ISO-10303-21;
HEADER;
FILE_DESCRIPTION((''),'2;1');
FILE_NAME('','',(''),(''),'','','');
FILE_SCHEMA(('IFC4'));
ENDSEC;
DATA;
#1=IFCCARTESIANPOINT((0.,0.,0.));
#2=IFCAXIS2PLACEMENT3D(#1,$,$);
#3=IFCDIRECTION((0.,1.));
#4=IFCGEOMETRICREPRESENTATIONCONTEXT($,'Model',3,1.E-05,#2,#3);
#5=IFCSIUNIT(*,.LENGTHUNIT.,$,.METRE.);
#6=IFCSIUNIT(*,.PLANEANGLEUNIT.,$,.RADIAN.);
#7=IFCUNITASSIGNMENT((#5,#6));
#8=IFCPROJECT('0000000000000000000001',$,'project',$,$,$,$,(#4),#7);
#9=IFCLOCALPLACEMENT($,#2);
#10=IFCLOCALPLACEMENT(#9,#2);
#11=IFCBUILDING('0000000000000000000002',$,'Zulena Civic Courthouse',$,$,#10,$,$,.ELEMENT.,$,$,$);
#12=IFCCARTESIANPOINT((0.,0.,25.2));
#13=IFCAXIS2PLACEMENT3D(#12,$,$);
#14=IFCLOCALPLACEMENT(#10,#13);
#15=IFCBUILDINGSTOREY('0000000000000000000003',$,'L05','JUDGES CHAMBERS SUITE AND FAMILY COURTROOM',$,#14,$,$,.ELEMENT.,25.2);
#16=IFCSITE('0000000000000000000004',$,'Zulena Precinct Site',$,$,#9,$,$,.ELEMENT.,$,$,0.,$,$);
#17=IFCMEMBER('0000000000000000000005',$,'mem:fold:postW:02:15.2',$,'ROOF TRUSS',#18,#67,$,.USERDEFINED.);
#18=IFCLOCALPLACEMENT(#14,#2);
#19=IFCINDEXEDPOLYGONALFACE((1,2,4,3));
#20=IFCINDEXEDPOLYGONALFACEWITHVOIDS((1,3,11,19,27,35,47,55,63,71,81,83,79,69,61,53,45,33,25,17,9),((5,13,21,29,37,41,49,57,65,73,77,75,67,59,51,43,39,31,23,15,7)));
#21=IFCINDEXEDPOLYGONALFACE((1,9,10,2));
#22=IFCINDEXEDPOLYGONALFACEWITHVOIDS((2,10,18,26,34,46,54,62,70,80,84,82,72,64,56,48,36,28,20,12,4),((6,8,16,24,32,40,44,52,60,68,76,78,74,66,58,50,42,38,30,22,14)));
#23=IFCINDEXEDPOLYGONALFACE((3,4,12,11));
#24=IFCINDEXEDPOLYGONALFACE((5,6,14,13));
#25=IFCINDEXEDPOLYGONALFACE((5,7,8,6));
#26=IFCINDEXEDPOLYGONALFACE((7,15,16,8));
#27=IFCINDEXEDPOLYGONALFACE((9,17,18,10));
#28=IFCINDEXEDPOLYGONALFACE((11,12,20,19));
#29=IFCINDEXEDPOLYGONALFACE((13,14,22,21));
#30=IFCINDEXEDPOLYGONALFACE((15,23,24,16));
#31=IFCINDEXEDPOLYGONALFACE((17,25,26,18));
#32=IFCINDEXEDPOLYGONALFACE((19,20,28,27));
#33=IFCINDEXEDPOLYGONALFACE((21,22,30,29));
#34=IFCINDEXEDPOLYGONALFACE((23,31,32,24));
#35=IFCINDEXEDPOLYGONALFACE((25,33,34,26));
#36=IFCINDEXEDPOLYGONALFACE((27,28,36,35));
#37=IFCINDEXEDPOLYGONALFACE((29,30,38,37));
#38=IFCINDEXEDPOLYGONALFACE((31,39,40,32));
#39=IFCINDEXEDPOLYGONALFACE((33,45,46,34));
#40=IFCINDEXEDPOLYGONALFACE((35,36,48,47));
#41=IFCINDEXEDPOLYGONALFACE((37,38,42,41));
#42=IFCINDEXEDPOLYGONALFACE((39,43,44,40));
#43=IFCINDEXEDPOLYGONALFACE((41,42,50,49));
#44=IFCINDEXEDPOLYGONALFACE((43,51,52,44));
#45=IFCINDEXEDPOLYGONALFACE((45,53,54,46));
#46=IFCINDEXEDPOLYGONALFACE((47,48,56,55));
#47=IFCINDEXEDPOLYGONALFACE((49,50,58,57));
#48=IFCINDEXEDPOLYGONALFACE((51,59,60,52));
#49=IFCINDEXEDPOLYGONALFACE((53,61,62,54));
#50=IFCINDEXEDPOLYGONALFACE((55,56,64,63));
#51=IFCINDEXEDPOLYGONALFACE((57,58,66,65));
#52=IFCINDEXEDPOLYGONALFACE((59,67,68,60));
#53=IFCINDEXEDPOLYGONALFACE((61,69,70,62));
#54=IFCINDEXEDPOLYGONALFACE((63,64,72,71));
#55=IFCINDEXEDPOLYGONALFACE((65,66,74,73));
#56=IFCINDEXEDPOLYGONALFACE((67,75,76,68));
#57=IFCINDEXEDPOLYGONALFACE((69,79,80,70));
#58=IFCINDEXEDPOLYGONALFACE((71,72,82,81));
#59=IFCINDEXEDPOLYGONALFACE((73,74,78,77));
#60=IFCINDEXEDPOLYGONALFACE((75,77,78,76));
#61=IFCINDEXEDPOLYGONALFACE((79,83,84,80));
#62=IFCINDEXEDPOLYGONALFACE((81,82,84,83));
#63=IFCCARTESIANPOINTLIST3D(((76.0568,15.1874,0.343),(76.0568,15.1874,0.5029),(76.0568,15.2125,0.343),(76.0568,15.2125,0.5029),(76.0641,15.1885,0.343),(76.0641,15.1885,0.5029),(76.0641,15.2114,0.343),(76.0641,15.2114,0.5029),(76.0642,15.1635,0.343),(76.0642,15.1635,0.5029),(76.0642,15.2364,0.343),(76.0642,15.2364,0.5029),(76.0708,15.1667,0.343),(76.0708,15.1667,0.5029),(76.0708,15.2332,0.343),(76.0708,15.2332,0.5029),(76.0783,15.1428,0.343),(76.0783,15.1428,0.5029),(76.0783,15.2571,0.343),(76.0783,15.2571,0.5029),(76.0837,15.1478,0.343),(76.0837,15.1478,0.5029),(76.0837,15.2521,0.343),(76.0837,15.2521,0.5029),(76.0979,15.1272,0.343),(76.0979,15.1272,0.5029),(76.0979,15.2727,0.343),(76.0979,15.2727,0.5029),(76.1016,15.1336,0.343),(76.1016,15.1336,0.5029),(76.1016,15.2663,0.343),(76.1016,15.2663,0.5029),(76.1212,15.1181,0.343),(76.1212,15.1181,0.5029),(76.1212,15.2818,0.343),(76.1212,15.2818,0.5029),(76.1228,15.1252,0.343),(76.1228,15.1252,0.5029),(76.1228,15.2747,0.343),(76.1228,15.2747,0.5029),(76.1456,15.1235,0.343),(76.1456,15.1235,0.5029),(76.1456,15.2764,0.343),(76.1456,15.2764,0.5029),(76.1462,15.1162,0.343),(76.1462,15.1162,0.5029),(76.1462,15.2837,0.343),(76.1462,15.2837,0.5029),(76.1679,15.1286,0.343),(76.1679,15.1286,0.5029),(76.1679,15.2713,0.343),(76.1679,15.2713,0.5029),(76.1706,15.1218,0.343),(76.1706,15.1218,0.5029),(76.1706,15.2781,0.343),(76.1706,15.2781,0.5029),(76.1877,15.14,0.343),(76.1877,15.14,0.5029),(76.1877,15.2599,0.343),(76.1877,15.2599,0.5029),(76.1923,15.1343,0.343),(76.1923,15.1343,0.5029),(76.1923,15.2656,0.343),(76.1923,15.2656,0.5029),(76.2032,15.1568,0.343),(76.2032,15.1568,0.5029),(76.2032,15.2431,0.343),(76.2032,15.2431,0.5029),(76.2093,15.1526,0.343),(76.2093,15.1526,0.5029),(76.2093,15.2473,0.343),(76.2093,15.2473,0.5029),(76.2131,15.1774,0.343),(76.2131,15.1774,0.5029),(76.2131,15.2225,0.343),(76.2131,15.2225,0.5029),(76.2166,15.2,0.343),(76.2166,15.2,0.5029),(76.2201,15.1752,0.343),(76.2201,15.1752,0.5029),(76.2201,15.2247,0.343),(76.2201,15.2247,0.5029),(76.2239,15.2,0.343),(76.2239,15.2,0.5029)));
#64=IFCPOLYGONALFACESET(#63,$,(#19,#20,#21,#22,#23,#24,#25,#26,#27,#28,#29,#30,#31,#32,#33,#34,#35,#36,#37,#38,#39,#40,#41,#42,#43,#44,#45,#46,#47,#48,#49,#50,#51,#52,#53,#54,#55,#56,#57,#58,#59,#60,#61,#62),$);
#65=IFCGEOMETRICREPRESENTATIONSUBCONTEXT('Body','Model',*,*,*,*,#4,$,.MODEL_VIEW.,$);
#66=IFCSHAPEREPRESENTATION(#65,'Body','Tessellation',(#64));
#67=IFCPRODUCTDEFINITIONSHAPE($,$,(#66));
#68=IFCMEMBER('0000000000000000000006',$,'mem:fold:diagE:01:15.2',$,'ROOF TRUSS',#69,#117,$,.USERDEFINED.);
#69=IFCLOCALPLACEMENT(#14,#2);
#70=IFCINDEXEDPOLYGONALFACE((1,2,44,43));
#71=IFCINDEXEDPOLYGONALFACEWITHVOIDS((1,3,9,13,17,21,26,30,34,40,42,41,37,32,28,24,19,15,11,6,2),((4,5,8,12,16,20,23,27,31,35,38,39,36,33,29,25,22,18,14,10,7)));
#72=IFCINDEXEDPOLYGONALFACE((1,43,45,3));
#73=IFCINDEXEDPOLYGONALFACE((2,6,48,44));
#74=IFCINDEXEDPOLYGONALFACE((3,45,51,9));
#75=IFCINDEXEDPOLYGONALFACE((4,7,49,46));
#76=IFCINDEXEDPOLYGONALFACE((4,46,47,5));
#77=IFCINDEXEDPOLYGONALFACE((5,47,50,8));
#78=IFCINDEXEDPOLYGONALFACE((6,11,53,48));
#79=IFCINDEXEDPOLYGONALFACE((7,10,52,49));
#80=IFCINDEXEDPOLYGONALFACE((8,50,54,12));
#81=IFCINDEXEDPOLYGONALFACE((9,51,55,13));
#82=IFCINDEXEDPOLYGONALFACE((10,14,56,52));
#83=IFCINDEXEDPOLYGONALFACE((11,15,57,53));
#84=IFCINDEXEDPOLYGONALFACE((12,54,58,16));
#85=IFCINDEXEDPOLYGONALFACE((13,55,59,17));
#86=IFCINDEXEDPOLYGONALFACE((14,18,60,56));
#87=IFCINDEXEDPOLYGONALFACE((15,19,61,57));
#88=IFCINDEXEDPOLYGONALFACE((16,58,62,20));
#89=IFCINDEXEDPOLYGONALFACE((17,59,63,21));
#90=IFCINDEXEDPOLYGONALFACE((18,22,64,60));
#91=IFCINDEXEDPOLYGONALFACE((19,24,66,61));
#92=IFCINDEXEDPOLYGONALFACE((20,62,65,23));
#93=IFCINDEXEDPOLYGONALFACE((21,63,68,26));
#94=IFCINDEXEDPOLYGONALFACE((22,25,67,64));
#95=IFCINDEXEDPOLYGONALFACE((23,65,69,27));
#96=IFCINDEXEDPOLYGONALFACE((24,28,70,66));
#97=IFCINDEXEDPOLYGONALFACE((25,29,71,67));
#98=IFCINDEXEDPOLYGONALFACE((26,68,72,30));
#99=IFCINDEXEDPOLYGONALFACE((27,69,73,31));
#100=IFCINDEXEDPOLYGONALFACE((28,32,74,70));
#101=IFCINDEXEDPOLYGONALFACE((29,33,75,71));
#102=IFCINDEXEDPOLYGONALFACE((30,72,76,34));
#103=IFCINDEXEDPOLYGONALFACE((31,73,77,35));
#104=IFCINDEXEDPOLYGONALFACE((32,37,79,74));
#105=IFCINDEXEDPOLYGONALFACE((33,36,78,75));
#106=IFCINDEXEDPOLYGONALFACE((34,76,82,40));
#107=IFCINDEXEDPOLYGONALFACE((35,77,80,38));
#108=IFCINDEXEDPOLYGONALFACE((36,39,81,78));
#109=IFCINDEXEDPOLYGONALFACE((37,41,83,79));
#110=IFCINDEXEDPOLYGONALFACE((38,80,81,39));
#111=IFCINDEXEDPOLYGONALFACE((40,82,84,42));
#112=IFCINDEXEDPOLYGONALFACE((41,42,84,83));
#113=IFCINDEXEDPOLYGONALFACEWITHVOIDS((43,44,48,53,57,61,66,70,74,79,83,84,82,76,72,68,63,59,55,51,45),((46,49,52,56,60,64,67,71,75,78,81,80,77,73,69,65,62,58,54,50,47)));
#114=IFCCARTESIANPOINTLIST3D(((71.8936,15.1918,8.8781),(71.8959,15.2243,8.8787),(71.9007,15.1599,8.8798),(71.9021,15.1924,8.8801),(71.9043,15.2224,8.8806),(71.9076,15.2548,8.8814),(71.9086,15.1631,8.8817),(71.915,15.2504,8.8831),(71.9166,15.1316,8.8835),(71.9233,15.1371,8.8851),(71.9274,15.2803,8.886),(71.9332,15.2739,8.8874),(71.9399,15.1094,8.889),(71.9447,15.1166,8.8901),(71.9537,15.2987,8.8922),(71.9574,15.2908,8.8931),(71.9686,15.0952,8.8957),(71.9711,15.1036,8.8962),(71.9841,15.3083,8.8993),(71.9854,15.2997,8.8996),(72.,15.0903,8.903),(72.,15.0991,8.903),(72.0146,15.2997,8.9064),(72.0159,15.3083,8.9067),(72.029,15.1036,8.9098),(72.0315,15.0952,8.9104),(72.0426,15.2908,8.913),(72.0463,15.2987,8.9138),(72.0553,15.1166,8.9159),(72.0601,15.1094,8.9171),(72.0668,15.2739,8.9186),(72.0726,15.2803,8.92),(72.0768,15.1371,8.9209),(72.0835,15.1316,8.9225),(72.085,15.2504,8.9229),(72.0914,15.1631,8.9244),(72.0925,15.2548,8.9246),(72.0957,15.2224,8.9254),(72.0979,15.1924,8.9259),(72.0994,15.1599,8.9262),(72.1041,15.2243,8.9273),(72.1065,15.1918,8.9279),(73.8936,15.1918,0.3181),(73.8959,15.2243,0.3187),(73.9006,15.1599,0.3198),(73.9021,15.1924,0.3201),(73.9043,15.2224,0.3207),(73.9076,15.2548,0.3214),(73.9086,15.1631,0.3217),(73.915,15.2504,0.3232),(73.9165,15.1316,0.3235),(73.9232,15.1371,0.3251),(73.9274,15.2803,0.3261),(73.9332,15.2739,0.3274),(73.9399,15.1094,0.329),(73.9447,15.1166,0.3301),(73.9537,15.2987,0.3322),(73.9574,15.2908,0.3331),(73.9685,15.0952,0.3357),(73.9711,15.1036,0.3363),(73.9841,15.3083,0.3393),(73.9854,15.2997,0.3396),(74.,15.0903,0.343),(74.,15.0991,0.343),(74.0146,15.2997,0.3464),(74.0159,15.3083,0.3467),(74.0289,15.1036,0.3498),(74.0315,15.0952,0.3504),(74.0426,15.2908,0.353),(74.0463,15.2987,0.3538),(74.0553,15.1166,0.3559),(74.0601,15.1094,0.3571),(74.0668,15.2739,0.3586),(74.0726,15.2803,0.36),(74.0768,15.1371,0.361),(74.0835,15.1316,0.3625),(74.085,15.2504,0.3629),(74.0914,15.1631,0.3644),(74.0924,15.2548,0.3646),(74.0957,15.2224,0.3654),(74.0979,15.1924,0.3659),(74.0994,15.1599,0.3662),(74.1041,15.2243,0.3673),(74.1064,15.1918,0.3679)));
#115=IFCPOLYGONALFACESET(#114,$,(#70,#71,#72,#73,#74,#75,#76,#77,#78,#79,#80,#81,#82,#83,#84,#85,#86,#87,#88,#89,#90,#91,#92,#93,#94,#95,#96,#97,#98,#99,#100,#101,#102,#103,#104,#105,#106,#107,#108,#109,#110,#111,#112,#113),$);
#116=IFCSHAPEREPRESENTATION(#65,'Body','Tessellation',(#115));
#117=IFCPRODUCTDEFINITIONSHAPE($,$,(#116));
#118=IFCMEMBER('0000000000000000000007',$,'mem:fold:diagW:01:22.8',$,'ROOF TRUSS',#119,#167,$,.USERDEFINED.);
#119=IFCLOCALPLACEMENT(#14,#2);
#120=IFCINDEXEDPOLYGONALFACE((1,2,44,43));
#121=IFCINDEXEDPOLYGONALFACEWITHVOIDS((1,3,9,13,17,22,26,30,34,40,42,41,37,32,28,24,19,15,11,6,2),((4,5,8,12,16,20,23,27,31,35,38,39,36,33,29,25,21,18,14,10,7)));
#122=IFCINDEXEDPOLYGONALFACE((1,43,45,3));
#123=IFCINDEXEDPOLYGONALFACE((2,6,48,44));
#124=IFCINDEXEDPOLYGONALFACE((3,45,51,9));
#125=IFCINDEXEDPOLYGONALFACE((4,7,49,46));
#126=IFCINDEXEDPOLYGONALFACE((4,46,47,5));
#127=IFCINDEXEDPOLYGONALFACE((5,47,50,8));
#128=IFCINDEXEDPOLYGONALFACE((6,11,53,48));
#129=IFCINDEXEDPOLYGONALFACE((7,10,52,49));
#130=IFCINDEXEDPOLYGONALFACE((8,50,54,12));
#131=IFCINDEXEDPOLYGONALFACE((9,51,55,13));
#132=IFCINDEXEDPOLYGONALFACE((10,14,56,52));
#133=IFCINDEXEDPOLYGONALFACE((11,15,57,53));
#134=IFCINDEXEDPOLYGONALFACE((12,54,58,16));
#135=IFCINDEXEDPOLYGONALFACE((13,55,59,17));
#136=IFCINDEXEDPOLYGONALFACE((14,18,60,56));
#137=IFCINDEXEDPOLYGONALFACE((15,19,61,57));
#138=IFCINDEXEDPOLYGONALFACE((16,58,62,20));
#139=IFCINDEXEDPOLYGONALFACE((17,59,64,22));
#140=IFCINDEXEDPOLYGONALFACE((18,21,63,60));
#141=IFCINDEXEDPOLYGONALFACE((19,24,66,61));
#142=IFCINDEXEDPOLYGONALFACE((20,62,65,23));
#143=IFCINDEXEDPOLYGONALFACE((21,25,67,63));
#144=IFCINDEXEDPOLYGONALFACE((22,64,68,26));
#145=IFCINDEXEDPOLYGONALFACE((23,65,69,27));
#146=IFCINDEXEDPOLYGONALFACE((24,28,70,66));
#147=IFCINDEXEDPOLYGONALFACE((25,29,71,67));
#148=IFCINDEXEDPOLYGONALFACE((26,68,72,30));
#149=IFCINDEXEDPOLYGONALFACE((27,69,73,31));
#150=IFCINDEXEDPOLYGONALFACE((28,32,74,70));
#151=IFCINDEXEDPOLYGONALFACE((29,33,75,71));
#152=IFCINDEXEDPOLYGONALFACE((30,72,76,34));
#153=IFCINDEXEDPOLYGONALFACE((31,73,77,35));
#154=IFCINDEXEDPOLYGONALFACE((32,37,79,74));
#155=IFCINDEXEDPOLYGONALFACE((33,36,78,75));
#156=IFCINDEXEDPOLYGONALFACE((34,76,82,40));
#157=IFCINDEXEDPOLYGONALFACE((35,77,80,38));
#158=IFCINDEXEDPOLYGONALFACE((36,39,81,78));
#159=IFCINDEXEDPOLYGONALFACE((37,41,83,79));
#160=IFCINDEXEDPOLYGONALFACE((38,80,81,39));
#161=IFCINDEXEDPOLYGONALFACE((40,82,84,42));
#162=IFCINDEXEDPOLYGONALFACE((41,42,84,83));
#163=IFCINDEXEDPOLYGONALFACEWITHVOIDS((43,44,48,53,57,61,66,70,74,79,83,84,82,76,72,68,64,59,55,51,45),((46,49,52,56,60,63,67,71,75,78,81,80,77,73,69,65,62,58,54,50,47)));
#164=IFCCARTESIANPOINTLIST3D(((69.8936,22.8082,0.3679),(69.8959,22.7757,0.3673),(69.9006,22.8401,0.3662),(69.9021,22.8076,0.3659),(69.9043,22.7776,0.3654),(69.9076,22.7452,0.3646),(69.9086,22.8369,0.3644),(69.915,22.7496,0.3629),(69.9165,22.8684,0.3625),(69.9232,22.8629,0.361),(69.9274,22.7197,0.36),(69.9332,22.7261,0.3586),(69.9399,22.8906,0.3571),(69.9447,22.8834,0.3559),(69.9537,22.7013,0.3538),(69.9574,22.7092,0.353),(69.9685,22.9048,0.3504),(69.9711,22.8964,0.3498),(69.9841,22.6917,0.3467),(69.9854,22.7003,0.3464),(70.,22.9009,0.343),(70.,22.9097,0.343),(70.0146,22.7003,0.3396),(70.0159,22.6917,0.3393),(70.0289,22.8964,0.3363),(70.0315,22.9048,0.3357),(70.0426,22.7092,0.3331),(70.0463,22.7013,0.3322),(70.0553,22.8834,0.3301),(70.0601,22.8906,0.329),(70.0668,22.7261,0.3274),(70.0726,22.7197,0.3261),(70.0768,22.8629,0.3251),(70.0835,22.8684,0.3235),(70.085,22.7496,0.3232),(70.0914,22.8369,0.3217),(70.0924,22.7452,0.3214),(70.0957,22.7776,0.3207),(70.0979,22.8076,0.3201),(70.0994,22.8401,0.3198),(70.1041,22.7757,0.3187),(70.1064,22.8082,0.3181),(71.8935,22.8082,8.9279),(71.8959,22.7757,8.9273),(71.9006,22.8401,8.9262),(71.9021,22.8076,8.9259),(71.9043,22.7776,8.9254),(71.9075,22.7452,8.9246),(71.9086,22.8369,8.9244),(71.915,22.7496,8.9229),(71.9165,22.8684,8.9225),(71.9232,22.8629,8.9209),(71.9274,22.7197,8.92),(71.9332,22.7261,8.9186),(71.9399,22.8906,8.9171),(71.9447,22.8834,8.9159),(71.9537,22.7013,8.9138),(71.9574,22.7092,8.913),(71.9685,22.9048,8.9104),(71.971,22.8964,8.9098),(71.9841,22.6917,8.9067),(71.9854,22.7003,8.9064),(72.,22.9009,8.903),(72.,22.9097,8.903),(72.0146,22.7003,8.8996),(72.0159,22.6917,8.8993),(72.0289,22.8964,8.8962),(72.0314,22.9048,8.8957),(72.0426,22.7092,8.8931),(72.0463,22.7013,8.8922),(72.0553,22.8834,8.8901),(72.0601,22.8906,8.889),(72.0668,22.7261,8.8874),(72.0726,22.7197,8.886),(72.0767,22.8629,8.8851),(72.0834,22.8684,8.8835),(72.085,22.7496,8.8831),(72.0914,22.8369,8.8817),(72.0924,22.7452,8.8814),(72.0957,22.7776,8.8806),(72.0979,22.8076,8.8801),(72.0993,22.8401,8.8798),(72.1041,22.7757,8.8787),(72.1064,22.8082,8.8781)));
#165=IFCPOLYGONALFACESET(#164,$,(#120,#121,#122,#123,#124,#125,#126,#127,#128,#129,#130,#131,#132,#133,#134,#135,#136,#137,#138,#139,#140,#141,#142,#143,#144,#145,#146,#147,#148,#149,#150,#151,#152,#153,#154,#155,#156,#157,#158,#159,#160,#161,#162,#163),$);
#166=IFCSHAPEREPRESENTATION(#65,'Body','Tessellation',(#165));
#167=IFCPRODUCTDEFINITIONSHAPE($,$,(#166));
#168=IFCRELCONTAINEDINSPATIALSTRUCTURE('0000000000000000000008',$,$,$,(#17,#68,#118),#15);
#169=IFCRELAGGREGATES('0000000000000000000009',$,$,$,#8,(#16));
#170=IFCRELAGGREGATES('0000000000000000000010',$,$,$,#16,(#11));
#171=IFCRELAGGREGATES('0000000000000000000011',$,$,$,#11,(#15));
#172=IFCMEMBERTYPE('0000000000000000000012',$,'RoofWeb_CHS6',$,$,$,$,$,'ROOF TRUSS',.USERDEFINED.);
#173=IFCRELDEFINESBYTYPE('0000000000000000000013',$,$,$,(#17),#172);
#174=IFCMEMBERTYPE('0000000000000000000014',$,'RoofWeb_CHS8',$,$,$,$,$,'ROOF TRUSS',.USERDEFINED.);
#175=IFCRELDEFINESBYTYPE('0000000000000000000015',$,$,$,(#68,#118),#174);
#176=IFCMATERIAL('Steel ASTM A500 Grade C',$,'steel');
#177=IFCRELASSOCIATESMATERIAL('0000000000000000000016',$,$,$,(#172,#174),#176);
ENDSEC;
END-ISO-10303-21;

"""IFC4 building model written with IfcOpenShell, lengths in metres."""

from ifc_helpers import new_model, si_unit, direction, frame, origin, origin_2d, place, context, subcontext, project, spatial, hollow_circle, extrude, material, material_profile, profile_set, type_object, element, save


model = new_model("IFC4")

# Units and contexts
model_context = context("Model", 3, precision=1e-05, world=origin(), true_north=direction((0.0, 1.0)))
body_context = subcontext(model_context, "Body", "Model", "MODEL_VIEW")
ifc_project = project(units=[si_unit("LENGTHUNIT", "METRE"), si_unit("PLANEANGLEUNIT", "RADIAN")], contexts=[model_context])

# Site, building, storey
site_placement = place(None, origin())
site = spatial("IfcSite", under=ifc_project, at=site_placement, Name="Zulena Precinct Site", CompositionType="ELEMENT", RefElevation=0.0)
building_placement = place(site_placement, origin())
building = spatial("IfcBuilding", under=site, at=building_placement, Name="Zulena Civic Courthouse", CompositionType="ELEMENT")
storey_placement = place(building_placement, frame((0.0, 0.0, 25.2)))
storey = spatial("IfcBuildingStorey", under=building, at=storey_placement, Name="L05", Description="JUDGES CHAMBERS SUITE AND FAMILY COURTROOM", CompositionType="ELEMENT", Elevation=25.2)

# Members
ifc_material_1 = material(Name="Steel ASTM A500 Grade C", Category="steel")
ifc_material_profile_1 = material_profile(ifc_material_1, hollow_circle(Radius=0.084, WallThickness=0.0073, at=origin_2d()), Name="HSS6.625X0.312")
ifc_profile_set_1 = profile_set([ifc_material_profile_1], Name="Steel ASTM A500 Grade C")
member_type_1 = type_object("IfcMemberType", Name="RoofWeb_CHS6", ElementType="ROOF TRUSS", PredefinedType="USERDEFINED", material=ifc_profile_set_1)
for number, where, z_axis, x_axis, name in (
    (1, (76.1399, 15.2, 0.343), (0.0, 0.0, 1.0), (1.0, 0.0, 0.0), "mem:fold:postW:02:15.2"),
):
    element("IfcMember", number, at=place(storey_placement, frame(where, z_axis=z_axis, x_axis=x_axis)), inside=storey, type_object=member_type_1, Name=name, ObjectType="ROOF TRUSS", PredefinedType="USERDEFINED", context=body_context, shape_type="SweptSolid", body=[
        extrude(hollow_circle(Radius=0.084, WallThickness=0.0073, at=origin_2d()), origin(), (0.0, 0.0, 1.0), 0.1599),
    ])
ifc_material_profile_2 = material_profile(ifc_material_1, hollow_circle(Radius=0.1096, WallThickness=0.0088, at=origin_2d()), Name="HSS8.625X0.375")
ifc_profile_set_2 = profile_set([ifc_material_profile_2], Name="Steel ASTM A500 Grade C")
member_type_2 = type_object("IfcMemberType", Name="RoofWeb_CHS8", ElementType="ROOF TRUSS", PredefinedType="USERDEFINED", material=ifc_profile_set_2)
for number, where, z_axis, x_axis, name in (
    (2, (74.0, 15.2, 0.343), (-0.227516, 0.0, 0.973774), (0.0, -1.0, 0.0), "mem:fold:diagE:01:15.2"),
    (3, (70.0, 22.8, 0.343), (0.227516, 0.0, 0.973774), (0.0, 1.0, 0.0), "mem:fold:diagW:01:22.8"),
):
    element("IfcMember", number, at=place(storey_placement, frame(where, z_axis=z_axis, x_axis=x_axis)), inside=storey, type_object=member_type_2, Name=name, ObjectType="ROOF TRUSS", PredefinedType="USERDEFINED", context=body_context, shape_type="SweptSolid", body=[
        extrude(hollow_circle(Radius=0.1096, WallThickness=0.0088, at=origin_2d()), origin(), (0.0, 0.0, 1.0), 8.7905),
    ])

save(model, "model.ifc")
